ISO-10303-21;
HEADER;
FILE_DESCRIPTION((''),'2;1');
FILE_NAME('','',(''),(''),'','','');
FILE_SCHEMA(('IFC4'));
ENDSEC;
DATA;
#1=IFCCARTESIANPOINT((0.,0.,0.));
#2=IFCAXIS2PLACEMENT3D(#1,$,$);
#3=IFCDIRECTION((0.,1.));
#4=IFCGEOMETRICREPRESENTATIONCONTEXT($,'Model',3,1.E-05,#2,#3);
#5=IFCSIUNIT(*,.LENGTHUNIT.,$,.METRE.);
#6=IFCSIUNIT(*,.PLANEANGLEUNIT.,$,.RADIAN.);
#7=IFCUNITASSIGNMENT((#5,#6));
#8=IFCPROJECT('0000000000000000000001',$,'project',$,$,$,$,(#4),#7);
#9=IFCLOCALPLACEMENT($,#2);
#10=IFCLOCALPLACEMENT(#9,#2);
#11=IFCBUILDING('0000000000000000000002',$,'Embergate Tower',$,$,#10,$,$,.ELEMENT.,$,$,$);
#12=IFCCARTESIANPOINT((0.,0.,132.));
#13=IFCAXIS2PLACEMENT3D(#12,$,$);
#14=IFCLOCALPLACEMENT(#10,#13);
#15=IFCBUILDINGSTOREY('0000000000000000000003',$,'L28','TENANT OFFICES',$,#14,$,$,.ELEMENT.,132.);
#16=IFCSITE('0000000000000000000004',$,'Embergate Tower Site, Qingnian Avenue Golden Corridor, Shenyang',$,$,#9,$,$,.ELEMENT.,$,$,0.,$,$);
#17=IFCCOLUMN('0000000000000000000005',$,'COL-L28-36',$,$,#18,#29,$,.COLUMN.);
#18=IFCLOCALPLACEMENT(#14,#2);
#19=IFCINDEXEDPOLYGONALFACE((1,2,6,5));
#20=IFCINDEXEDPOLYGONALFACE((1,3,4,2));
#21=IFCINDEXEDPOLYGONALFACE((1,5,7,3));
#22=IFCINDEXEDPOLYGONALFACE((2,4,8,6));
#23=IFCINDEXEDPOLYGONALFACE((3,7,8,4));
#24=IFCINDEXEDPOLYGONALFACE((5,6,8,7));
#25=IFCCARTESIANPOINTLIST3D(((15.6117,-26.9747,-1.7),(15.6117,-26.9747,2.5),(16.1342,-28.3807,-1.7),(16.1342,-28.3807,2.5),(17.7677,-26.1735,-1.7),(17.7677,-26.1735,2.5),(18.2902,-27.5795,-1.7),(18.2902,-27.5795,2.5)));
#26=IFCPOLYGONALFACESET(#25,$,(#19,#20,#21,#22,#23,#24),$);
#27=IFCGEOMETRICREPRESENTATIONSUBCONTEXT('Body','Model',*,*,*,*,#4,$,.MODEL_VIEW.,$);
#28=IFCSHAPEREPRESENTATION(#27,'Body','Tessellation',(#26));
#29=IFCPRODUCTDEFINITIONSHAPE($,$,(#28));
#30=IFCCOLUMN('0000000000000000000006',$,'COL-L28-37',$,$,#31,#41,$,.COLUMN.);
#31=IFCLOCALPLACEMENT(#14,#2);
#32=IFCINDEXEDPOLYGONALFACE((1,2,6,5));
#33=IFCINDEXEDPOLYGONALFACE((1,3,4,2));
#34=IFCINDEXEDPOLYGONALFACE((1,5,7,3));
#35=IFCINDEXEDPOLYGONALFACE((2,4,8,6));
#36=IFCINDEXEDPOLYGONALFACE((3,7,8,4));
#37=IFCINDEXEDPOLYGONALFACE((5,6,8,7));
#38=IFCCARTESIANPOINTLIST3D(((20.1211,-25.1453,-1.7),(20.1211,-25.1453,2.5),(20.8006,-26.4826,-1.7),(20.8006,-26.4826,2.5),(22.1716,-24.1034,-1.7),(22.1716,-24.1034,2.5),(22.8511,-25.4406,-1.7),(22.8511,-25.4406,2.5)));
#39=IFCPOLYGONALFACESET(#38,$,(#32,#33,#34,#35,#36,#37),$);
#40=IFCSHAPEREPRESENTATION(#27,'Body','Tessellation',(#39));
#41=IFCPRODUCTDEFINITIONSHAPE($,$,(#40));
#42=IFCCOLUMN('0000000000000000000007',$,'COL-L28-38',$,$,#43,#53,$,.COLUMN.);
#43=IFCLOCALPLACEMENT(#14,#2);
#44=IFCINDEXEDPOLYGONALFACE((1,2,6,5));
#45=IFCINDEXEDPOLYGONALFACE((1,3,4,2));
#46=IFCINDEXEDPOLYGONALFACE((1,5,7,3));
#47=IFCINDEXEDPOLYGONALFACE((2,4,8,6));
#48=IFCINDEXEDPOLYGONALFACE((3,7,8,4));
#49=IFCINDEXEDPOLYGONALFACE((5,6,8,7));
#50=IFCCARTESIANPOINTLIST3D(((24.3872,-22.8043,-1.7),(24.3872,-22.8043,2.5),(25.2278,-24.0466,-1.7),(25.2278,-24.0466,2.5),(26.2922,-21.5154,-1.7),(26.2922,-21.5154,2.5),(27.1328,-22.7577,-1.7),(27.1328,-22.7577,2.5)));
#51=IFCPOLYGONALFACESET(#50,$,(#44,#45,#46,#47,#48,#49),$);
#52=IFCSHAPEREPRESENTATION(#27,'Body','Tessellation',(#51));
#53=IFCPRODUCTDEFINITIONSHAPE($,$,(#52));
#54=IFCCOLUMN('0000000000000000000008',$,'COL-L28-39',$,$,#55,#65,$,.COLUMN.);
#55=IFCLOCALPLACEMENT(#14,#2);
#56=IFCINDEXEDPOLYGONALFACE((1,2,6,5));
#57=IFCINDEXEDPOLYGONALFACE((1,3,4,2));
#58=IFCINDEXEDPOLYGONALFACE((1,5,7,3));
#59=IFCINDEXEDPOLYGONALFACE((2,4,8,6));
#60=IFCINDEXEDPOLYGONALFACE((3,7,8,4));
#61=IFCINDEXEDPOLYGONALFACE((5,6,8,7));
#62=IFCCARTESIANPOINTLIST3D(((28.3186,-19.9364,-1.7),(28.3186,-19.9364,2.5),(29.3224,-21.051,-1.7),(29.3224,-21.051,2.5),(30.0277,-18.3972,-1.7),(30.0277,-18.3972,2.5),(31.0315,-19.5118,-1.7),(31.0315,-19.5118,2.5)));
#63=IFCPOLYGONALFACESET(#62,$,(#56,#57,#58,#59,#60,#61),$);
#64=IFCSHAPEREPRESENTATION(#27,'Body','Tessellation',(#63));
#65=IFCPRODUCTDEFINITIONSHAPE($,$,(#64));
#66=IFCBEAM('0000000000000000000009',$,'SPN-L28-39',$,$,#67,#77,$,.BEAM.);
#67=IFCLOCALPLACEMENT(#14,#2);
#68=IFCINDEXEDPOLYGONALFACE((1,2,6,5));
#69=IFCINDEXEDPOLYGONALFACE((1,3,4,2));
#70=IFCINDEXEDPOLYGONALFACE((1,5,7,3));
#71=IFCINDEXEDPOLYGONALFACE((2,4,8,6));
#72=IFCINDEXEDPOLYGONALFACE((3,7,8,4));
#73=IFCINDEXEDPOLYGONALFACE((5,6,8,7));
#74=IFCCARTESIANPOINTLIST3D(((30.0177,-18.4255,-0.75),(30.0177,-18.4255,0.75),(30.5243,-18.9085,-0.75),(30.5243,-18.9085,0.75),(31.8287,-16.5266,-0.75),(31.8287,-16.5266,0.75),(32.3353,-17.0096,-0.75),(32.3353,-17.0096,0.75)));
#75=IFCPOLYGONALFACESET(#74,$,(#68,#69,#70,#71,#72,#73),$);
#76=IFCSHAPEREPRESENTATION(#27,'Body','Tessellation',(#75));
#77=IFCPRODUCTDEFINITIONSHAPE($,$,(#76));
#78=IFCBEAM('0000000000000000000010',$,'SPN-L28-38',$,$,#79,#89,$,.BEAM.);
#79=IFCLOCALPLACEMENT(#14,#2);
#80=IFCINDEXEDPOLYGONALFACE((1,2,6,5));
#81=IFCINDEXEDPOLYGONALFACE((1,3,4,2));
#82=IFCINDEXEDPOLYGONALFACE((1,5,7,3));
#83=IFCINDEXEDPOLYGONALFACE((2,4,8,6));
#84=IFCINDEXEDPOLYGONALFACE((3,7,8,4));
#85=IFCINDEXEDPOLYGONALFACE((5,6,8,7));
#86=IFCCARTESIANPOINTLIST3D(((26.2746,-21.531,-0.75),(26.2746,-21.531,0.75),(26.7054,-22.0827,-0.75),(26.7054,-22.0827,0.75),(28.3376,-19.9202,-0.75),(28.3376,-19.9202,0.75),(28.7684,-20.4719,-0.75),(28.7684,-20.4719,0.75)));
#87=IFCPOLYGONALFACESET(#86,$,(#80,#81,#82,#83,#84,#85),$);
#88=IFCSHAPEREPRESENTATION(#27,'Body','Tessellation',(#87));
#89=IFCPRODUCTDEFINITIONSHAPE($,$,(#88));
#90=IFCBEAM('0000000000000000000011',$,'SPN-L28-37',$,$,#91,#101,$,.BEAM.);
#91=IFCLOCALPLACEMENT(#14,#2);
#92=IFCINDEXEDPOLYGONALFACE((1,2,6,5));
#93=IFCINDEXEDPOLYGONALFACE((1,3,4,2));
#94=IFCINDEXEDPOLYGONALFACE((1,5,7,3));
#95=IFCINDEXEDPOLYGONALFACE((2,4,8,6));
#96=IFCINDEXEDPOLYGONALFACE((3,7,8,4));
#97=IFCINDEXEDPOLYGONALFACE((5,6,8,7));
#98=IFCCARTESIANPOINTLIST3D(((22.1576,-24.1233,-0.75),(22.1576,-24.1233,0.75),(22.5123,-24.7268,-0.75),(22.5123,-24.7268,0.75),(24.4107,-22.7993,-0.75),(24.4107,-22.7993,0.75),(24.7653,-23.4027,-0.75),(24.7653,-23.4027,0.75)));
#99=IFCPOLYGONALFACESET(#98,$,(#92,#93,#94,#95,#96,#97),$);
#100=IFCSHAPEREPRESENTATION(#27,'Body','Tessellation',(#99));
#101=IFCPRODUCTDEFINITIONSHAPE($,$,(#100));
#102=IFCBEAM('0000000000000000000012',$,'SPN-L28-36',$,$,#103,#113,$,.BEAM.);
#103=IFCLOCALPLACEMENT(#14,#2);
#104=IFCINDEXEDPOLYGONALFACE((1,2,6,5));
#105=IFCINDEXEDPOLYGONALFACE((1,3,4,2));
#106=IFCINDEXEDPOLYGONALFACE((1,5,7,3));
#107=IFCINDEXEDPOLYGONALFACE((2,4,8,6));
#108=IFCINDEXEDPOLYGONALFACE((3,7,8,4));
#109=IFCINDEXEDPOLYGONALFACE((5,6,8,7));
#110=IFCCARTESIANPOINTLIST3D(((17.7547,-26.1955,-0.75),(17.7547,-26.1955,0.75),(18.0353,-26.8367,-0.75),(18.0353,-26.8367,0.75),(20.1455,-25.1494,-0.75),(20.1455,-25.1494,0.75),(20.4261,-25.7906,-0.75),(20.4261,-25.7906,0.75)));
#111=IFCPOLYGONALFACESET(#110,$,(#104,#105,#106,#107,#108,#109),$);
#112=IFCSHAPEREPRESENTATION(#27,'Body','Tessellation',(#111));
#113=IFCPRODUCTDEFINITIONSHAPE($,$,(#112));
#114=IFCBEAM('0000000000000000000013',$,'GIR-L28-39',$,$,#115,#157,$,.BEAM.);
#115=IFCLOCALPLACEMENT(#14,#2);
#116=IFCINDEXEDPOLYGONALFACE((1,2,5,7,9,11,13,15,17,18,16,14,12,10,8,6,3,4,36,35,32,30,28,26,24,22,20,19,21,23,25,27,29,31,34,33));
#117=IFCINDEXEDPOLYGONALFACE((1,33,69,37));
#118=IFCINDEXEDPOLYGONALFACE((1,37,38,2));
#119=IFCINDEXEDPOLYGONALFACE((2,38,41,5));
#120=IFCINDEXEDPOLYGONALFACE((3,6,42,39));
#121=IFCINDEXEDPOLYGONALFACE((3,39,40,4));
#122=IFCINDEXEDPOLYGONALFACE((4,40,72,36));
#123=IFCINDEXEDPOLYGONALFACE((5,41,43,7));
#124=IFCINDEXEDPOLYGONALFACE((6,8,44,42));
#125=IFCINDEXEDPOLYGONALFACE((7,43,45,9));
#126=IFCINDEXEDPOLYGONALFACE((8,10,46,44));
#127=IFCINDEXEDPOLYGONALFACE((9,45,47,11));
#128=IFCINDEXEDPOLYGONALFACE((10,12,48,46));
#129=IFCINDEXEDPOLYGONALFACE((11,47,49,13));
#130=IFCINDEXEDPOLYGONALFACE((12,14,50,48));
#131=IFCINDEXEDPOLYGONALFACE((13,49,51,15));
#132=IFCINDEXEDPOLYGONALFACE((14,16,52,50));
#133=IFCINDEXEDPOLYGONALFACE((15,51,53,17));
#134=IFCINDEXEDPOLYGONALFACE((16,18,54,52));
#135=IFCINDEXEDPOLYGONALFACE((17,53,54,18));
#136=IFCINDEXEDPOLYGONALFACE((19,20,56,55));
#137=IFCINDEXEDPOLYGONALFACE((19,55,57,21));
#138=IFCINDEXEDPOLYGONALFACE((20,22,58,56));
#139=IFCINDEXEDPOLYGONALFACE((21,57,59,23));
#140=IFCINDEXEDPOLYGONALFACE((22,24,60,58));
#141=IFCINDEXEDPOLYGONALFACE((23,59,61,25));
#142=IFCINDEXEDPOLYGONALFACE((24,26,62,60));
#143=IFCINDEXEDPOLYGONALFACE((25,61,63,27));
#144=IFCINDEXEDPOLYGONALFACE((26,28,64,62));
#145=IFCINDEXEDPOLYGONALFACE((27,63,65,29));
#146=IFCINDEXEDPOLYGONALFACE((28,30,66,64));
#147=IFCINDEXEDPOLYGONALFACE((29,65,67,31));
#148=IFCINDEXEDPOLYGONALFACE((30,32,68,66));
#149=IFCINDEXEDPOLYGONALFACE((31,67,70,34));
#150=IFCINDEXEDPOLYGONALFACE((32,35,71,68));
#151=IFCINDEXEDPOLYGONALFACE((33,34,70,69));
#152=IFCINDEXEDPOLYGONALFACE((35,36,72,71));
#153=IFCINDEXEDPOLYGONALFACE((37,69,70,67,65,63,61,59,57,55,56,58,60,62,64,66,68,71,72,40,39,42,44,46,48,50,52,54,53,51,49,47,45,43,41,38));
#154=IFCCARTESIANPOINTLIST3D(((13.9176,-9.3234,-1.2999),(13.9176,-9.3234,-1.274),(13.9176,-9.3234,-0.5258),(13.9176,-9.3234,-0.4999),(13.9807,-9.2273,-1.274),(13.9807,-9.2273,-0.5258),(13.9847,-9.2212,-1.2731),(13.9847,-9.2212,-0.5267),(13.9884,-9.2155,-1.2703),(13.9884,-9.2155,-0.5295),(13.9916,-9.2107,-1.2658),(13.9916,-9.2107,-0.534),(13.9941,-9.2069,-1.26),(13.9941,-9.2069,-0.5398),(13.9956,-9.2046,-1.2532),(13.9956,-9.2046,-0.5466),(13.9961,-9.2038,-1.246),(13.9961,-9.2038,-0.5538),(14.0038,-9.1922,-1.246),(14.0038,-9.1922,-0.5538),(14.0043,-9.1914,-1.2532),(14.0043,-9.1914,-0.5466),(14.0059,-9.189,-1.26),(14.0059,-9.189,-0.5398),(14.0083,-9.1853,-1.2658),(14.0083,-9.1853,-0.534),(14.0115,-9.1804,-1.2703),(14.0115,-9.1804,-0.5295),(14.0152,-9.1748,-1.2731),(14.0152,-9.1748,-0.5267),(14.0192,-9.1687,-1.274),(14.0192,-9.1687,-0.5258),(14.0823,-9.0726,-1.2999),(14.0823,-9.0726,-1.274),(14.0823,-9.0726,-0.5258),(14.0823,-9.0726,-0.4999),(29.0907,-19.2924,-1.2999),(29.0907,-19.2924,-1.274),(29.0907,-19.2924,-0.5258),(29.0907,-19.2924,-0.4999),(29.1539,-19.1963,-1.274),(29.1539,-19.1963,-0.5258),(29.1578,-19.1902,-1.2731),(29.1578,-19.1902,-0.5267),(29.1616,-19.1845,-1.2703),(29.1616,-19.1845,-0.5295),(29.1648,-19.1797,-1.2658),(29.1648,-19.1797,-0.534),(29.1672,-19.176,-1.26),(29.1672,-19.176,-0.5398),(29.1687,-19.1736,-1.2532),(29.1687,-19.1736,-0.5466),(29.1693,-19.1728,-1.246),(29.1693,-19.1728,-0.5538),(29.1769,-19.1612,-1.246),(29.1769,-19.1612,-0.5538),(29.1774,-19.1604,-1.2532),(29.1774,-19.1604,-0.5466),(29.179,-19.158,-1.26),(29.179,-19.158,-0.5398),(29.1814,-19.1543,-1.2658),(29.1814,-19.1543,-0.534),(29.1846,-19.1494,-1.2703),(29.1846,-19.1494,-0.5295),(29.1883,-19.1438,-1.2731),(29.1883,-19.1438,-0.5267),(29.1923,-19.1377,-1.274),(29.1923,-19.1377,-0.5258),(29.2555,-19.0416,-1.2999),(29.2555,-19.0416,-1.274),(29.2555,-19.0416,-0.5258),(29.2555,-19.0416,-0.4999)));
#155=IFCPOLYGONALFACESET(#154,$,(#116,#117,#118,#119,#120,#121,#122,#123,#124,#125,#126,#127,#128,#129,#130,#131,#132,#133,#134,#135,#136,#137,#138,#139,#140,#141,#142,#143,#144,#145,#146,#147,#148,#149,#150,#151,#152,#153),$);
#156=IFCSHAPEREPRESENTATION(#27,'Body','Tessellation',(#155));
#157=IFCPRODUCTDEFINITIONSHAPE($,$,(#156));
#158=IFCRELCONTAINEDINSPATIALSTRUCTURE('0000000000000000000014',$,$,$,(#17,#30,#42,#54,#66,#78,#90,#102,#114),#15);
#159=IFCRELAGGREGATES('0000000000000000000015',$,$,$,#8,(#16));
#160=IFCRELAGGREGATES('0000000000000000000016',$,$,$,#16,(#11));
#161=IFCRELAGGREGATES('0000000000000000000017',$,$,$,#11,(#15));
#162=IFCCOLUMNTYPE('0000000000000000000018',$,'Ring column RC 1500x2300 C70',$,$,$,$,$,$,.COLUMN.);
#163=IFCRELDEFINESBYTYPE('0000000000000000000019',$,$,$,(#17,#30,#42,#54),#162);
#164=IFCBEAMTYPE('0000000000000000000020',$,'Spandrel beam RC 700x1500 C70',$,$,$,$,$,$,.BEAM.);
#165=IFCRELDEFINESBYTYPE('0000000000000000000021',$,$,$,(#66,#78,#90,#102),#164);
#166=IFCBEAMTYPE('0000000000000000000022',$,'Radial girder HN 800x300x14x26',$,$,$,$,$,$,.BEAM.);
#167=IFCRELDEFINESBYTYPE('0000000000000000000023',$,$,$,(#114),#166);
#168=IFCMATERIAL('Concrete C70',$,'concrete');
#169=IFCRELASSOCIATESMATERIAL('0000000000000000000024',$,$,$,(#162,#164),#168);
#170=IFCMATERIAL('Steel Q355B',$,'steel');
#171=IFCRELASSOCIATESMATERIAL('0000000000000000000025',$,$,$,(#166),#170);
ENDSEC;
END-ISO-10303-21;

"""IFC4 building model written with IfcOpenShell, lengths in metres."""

from ifc_helpers import new_model, si_unit, direction, frame, origin, origin_2d, place, context, subcontext, project, spatial, rectangle, i_section, extrude, source, transform, mapped, material, material_profile, profile_set, type_object, element, save


model = new_model("IFC4")

# Units and contexts
model_context = context("Model", 3, precision=1e-05, world=origin(), true_north=direction((0.0, 1.0)))
body_context = subcontext(model_context, "Body", "Model", "MODEL_VIEW")
ifc_project = project(units=[si_unit("LENGTHUNIT", "METRE"), si_unit("PLANEANGLEUNIT", "RADIAN")], contexts=[model_context])

# Site, building, storey
site_placement = place(None, origin())
site = spatial("IfcSite", under=ifc_project, at=site_placement, Name="Embergate Tower Site, Qingnian Avenue Golden Corridor, Shenyang", CompositionType="ELEMENT", RefElevation=0.0)
building_placement = place(site_placement, origin())
building = spatial("IfcBuilding", under=site, at=building_placement, Name="Embergate Tower", CompositionType="ELEMENT")
storey_placement = place(building_placement, frame((0.0, 0.0, 132.0)))
storey = spatial("IfcBuildingStorey", under=building, at=storey_placement, Name="L28", Description="TENANT OFFICES", CompositionType="ELEMENT", Elevation=132.0)

# Columns
ifc_material_1 = material(Name="Concrete C70", Category="concrete")
ifc_material_profile_1 = material_profile(ifc_material_1, rectangle(XDim=1.5, YDim=2.3, at=origin_2d()), Name="RC 1500x2300")
ifc_profile_set_1 = profile_set([ifc_material_profile_1], Name="Concrete C70")
column_type = type_object("IfcColumnType", Name="Ring column RC 1500x2300 C70", PredefinedType="COLUMN", material=ifc_profile_set_1)
shared_shape_1 = source(origin(), body_context, "Body", "SweptSolid", [
    extrude(rectangle(XDim=1.5, YDim=2.3, at=origin_2d()), origin(), (0.0, 0.0, 1.0), 4.2),
])
for number, where, z_axis, x_axis, name in (
    (1, (16.9509, -27.2771, -1.7), (0.0, 0.0, 1.0), (0.348343, -0.937367, 0.0), "COL-L28-36"),
    (2, (21.4861, -25.293, -1.7), (0.0, 0.0, 1.0), (0.452995, -0.891513, 0.0), "COL-L28-37"),
    (3, (25.76, -22.781, -1.7), (0.0, 0.0, 1.0), (0.560393, -0.828227, 0.0), "COL-L28-38"),
    (4, (29.675, -19.7241, -1.7), (0.0, 0.0, 1.0), (0.669208, -0.743075, 0.0), "COL-L28-39"),
):
    element("IfcColumn", number, at=place(storey_placement, frame(where, z_axis=z_axis, x_axis=x_axis)), inside=storey, type_object=column_type, Name=name, PredefinedType="COLUMN", context=body_context, shape_type="MappedRepresentation", body=[
        mapped(shared_shape_1, transform((0.0, 0.0, 0.0))),
    ])

# Beams
ifc_material_profile_2 = material_profile(ifc_material_1, rectangle(XDim=0.7, YDim=1.5, at=origin_2d()), Name="RC 700x1500")
ifc_profile_set_2 = profile_set([ifc_material_profile_2], Name="Concrete C70")
beam_type_1 = type_object("IfcBeamType", Name="Spandrel beam RC 700x1500 C70", PredefinedType="BEAM", material=ifc_profile_set_2)
shared_shape_2 = source(origin(), body_context, "Body", "SweptSolid", [
    extrude(rectangle(XDim=0.7, YDim=1.5, at=origin_2d()), origin(), (0.0, 0.0, 1.0), 2.624),
])
beam_1_placement = place(storey_placement, frame((30.271, -18.667, 0.0), z_axis=(0.690161, 0.723655, 0.0), x_axis=(-0.723655, 0.690161, 0.0)))
element("IfcBeam", 5, at=beam_1_placement, inside=storey, type_object=beam_type_1, Name="SPN-L28-39", PredefinedType="BEAM", context=body_context, shape_type="MappedRepresentation", body=[
    mapped(shared_shape_2, transform((0.0, 0.0, 0.0))),
])
shared_shape_3 = source(origin(), body_context, "Body", "SweptSolid", [
    extrude(rectangle(XDim=0.7, YDim=1.5, at=origin_2d()), origin(), (0.0, 0.0, 1.0), 2.6174),
])
beam_2_placement = place(storey_placement, frame((26.49, -21.8069, 0.0), z_axis=(0.788186, 0.615438, 0.0), x_axis=(-0.615438, 0.788186, 0.0)))
element("IfcBeam", 6, at=beam_2_placement, inside=storey, type_object=beam_type_1, Name="SPN-L28-38", PredefinedType="BEAM", context=body_context, shape_type="MappedRepresentation", body=[
    mapped(shared_shape_3, transform((0.0, 0.0, 0.0))),
])
shared_shape_4 = source(origin(), body_context, "Body", "SweptSolid", [
    extrude(rectangle(XDim=0.7, YDim=1.5, at=origin_2d()), origin(), (0.0, 0.0, 1.0), 2.6133),
])
beam_3_placement = place(storey_placement, frame((22.335, -24.425, 0.0), z_axis=(0.862148, 0.506657, 0.0), x_axis=(-0.506657, 0.862148, 0.0)))
element("IfcBeam", 7, at=beam_3_placement, inside=storey, type_object=beam_type_1, Name="SPN-L28-37", PredefinedType="BEAM", context=body_context, shape_type="MappedRepresentation", body=[
    mapped(shared_shape_4, transform((0.0, 0.0, 0.0))),
])
shared_shape_5 = source(origin(), body_context, "Body", "SweptSolid", [
    extrude(rectangle(XDim=0.7, YDim=1.5, at=origin_2d()), origin(), (0.0, 0.0, 1.0), 2.6096),
])
beam_4_placement = place(storey_placement, frame((17.895, -26.5161, 0.0), z_axis=(0.916138, 0.400863, 0.0), x_axis=(-0.400863, 0.916138, 0.0)))
element("IfcBeam", 8, at=beam_4_placement, inside=storey, type_object=beam_type_1, Name="SPN-L28-36", PredefinedType="BEAM", context=body_context, shape_type="MappedRepresentation", body=[
    mapped(shared_shape_5, transform((0.0, 0.0, 0.0))),
])
ifc_material_2 = material(Name="Steel Q355B", Category="steel")
ifc_material_profile_3 = material_profile(ifc_material_2, i_section(OverallWidth=0.3, OverallDepth=0.8, WebThickness=0.0139, FlangeThickness=0.0259, FilletRadius=0.0281, at=origin_2d()), Name="HN 800x300x14x26")
ifc_profile_set_3 = profile_set([ifc_material_profile_3], Name="Steel Q355 grade B")
beam_type_2 = type_object("IfcBeamType", Name="Radial girder HN 800x300x14x26", PredefinedType="BEAM", material=ifc_profile_set_3)
shared_shape_6 = source(origin(), body_context, "Body", "SweptSolid", [
    extrude(i_section(OverallWidth=0.3, OverallDepth=0.8, WebThickness=0.0139, FlangeThickness=0.0259, FilletRadius=0.0281, at=origin_2d()), origin(), (0.0, 0.0, 1.0), 18.155),
])
beam_5_placement = place(storey_placement, frame((29.1731, -19.167, -0.8999), z_axis=(-0.835753, 0.549105, 0.0), x_axis=(-0.549105, -0.835753, 0.0)))
element("IfcBeam", 9, at=beam_5_placement, inside=storey, type_object=beam_type_2, Name="GIR-L28-39", PredefinedType="BEAM", context=body_context, shape_type="MappedRepresentation", body=[
    mapped(shared_shape_6, transform((0.0, 0.0, 0.0))),
])

save(model, "model.ifc")
